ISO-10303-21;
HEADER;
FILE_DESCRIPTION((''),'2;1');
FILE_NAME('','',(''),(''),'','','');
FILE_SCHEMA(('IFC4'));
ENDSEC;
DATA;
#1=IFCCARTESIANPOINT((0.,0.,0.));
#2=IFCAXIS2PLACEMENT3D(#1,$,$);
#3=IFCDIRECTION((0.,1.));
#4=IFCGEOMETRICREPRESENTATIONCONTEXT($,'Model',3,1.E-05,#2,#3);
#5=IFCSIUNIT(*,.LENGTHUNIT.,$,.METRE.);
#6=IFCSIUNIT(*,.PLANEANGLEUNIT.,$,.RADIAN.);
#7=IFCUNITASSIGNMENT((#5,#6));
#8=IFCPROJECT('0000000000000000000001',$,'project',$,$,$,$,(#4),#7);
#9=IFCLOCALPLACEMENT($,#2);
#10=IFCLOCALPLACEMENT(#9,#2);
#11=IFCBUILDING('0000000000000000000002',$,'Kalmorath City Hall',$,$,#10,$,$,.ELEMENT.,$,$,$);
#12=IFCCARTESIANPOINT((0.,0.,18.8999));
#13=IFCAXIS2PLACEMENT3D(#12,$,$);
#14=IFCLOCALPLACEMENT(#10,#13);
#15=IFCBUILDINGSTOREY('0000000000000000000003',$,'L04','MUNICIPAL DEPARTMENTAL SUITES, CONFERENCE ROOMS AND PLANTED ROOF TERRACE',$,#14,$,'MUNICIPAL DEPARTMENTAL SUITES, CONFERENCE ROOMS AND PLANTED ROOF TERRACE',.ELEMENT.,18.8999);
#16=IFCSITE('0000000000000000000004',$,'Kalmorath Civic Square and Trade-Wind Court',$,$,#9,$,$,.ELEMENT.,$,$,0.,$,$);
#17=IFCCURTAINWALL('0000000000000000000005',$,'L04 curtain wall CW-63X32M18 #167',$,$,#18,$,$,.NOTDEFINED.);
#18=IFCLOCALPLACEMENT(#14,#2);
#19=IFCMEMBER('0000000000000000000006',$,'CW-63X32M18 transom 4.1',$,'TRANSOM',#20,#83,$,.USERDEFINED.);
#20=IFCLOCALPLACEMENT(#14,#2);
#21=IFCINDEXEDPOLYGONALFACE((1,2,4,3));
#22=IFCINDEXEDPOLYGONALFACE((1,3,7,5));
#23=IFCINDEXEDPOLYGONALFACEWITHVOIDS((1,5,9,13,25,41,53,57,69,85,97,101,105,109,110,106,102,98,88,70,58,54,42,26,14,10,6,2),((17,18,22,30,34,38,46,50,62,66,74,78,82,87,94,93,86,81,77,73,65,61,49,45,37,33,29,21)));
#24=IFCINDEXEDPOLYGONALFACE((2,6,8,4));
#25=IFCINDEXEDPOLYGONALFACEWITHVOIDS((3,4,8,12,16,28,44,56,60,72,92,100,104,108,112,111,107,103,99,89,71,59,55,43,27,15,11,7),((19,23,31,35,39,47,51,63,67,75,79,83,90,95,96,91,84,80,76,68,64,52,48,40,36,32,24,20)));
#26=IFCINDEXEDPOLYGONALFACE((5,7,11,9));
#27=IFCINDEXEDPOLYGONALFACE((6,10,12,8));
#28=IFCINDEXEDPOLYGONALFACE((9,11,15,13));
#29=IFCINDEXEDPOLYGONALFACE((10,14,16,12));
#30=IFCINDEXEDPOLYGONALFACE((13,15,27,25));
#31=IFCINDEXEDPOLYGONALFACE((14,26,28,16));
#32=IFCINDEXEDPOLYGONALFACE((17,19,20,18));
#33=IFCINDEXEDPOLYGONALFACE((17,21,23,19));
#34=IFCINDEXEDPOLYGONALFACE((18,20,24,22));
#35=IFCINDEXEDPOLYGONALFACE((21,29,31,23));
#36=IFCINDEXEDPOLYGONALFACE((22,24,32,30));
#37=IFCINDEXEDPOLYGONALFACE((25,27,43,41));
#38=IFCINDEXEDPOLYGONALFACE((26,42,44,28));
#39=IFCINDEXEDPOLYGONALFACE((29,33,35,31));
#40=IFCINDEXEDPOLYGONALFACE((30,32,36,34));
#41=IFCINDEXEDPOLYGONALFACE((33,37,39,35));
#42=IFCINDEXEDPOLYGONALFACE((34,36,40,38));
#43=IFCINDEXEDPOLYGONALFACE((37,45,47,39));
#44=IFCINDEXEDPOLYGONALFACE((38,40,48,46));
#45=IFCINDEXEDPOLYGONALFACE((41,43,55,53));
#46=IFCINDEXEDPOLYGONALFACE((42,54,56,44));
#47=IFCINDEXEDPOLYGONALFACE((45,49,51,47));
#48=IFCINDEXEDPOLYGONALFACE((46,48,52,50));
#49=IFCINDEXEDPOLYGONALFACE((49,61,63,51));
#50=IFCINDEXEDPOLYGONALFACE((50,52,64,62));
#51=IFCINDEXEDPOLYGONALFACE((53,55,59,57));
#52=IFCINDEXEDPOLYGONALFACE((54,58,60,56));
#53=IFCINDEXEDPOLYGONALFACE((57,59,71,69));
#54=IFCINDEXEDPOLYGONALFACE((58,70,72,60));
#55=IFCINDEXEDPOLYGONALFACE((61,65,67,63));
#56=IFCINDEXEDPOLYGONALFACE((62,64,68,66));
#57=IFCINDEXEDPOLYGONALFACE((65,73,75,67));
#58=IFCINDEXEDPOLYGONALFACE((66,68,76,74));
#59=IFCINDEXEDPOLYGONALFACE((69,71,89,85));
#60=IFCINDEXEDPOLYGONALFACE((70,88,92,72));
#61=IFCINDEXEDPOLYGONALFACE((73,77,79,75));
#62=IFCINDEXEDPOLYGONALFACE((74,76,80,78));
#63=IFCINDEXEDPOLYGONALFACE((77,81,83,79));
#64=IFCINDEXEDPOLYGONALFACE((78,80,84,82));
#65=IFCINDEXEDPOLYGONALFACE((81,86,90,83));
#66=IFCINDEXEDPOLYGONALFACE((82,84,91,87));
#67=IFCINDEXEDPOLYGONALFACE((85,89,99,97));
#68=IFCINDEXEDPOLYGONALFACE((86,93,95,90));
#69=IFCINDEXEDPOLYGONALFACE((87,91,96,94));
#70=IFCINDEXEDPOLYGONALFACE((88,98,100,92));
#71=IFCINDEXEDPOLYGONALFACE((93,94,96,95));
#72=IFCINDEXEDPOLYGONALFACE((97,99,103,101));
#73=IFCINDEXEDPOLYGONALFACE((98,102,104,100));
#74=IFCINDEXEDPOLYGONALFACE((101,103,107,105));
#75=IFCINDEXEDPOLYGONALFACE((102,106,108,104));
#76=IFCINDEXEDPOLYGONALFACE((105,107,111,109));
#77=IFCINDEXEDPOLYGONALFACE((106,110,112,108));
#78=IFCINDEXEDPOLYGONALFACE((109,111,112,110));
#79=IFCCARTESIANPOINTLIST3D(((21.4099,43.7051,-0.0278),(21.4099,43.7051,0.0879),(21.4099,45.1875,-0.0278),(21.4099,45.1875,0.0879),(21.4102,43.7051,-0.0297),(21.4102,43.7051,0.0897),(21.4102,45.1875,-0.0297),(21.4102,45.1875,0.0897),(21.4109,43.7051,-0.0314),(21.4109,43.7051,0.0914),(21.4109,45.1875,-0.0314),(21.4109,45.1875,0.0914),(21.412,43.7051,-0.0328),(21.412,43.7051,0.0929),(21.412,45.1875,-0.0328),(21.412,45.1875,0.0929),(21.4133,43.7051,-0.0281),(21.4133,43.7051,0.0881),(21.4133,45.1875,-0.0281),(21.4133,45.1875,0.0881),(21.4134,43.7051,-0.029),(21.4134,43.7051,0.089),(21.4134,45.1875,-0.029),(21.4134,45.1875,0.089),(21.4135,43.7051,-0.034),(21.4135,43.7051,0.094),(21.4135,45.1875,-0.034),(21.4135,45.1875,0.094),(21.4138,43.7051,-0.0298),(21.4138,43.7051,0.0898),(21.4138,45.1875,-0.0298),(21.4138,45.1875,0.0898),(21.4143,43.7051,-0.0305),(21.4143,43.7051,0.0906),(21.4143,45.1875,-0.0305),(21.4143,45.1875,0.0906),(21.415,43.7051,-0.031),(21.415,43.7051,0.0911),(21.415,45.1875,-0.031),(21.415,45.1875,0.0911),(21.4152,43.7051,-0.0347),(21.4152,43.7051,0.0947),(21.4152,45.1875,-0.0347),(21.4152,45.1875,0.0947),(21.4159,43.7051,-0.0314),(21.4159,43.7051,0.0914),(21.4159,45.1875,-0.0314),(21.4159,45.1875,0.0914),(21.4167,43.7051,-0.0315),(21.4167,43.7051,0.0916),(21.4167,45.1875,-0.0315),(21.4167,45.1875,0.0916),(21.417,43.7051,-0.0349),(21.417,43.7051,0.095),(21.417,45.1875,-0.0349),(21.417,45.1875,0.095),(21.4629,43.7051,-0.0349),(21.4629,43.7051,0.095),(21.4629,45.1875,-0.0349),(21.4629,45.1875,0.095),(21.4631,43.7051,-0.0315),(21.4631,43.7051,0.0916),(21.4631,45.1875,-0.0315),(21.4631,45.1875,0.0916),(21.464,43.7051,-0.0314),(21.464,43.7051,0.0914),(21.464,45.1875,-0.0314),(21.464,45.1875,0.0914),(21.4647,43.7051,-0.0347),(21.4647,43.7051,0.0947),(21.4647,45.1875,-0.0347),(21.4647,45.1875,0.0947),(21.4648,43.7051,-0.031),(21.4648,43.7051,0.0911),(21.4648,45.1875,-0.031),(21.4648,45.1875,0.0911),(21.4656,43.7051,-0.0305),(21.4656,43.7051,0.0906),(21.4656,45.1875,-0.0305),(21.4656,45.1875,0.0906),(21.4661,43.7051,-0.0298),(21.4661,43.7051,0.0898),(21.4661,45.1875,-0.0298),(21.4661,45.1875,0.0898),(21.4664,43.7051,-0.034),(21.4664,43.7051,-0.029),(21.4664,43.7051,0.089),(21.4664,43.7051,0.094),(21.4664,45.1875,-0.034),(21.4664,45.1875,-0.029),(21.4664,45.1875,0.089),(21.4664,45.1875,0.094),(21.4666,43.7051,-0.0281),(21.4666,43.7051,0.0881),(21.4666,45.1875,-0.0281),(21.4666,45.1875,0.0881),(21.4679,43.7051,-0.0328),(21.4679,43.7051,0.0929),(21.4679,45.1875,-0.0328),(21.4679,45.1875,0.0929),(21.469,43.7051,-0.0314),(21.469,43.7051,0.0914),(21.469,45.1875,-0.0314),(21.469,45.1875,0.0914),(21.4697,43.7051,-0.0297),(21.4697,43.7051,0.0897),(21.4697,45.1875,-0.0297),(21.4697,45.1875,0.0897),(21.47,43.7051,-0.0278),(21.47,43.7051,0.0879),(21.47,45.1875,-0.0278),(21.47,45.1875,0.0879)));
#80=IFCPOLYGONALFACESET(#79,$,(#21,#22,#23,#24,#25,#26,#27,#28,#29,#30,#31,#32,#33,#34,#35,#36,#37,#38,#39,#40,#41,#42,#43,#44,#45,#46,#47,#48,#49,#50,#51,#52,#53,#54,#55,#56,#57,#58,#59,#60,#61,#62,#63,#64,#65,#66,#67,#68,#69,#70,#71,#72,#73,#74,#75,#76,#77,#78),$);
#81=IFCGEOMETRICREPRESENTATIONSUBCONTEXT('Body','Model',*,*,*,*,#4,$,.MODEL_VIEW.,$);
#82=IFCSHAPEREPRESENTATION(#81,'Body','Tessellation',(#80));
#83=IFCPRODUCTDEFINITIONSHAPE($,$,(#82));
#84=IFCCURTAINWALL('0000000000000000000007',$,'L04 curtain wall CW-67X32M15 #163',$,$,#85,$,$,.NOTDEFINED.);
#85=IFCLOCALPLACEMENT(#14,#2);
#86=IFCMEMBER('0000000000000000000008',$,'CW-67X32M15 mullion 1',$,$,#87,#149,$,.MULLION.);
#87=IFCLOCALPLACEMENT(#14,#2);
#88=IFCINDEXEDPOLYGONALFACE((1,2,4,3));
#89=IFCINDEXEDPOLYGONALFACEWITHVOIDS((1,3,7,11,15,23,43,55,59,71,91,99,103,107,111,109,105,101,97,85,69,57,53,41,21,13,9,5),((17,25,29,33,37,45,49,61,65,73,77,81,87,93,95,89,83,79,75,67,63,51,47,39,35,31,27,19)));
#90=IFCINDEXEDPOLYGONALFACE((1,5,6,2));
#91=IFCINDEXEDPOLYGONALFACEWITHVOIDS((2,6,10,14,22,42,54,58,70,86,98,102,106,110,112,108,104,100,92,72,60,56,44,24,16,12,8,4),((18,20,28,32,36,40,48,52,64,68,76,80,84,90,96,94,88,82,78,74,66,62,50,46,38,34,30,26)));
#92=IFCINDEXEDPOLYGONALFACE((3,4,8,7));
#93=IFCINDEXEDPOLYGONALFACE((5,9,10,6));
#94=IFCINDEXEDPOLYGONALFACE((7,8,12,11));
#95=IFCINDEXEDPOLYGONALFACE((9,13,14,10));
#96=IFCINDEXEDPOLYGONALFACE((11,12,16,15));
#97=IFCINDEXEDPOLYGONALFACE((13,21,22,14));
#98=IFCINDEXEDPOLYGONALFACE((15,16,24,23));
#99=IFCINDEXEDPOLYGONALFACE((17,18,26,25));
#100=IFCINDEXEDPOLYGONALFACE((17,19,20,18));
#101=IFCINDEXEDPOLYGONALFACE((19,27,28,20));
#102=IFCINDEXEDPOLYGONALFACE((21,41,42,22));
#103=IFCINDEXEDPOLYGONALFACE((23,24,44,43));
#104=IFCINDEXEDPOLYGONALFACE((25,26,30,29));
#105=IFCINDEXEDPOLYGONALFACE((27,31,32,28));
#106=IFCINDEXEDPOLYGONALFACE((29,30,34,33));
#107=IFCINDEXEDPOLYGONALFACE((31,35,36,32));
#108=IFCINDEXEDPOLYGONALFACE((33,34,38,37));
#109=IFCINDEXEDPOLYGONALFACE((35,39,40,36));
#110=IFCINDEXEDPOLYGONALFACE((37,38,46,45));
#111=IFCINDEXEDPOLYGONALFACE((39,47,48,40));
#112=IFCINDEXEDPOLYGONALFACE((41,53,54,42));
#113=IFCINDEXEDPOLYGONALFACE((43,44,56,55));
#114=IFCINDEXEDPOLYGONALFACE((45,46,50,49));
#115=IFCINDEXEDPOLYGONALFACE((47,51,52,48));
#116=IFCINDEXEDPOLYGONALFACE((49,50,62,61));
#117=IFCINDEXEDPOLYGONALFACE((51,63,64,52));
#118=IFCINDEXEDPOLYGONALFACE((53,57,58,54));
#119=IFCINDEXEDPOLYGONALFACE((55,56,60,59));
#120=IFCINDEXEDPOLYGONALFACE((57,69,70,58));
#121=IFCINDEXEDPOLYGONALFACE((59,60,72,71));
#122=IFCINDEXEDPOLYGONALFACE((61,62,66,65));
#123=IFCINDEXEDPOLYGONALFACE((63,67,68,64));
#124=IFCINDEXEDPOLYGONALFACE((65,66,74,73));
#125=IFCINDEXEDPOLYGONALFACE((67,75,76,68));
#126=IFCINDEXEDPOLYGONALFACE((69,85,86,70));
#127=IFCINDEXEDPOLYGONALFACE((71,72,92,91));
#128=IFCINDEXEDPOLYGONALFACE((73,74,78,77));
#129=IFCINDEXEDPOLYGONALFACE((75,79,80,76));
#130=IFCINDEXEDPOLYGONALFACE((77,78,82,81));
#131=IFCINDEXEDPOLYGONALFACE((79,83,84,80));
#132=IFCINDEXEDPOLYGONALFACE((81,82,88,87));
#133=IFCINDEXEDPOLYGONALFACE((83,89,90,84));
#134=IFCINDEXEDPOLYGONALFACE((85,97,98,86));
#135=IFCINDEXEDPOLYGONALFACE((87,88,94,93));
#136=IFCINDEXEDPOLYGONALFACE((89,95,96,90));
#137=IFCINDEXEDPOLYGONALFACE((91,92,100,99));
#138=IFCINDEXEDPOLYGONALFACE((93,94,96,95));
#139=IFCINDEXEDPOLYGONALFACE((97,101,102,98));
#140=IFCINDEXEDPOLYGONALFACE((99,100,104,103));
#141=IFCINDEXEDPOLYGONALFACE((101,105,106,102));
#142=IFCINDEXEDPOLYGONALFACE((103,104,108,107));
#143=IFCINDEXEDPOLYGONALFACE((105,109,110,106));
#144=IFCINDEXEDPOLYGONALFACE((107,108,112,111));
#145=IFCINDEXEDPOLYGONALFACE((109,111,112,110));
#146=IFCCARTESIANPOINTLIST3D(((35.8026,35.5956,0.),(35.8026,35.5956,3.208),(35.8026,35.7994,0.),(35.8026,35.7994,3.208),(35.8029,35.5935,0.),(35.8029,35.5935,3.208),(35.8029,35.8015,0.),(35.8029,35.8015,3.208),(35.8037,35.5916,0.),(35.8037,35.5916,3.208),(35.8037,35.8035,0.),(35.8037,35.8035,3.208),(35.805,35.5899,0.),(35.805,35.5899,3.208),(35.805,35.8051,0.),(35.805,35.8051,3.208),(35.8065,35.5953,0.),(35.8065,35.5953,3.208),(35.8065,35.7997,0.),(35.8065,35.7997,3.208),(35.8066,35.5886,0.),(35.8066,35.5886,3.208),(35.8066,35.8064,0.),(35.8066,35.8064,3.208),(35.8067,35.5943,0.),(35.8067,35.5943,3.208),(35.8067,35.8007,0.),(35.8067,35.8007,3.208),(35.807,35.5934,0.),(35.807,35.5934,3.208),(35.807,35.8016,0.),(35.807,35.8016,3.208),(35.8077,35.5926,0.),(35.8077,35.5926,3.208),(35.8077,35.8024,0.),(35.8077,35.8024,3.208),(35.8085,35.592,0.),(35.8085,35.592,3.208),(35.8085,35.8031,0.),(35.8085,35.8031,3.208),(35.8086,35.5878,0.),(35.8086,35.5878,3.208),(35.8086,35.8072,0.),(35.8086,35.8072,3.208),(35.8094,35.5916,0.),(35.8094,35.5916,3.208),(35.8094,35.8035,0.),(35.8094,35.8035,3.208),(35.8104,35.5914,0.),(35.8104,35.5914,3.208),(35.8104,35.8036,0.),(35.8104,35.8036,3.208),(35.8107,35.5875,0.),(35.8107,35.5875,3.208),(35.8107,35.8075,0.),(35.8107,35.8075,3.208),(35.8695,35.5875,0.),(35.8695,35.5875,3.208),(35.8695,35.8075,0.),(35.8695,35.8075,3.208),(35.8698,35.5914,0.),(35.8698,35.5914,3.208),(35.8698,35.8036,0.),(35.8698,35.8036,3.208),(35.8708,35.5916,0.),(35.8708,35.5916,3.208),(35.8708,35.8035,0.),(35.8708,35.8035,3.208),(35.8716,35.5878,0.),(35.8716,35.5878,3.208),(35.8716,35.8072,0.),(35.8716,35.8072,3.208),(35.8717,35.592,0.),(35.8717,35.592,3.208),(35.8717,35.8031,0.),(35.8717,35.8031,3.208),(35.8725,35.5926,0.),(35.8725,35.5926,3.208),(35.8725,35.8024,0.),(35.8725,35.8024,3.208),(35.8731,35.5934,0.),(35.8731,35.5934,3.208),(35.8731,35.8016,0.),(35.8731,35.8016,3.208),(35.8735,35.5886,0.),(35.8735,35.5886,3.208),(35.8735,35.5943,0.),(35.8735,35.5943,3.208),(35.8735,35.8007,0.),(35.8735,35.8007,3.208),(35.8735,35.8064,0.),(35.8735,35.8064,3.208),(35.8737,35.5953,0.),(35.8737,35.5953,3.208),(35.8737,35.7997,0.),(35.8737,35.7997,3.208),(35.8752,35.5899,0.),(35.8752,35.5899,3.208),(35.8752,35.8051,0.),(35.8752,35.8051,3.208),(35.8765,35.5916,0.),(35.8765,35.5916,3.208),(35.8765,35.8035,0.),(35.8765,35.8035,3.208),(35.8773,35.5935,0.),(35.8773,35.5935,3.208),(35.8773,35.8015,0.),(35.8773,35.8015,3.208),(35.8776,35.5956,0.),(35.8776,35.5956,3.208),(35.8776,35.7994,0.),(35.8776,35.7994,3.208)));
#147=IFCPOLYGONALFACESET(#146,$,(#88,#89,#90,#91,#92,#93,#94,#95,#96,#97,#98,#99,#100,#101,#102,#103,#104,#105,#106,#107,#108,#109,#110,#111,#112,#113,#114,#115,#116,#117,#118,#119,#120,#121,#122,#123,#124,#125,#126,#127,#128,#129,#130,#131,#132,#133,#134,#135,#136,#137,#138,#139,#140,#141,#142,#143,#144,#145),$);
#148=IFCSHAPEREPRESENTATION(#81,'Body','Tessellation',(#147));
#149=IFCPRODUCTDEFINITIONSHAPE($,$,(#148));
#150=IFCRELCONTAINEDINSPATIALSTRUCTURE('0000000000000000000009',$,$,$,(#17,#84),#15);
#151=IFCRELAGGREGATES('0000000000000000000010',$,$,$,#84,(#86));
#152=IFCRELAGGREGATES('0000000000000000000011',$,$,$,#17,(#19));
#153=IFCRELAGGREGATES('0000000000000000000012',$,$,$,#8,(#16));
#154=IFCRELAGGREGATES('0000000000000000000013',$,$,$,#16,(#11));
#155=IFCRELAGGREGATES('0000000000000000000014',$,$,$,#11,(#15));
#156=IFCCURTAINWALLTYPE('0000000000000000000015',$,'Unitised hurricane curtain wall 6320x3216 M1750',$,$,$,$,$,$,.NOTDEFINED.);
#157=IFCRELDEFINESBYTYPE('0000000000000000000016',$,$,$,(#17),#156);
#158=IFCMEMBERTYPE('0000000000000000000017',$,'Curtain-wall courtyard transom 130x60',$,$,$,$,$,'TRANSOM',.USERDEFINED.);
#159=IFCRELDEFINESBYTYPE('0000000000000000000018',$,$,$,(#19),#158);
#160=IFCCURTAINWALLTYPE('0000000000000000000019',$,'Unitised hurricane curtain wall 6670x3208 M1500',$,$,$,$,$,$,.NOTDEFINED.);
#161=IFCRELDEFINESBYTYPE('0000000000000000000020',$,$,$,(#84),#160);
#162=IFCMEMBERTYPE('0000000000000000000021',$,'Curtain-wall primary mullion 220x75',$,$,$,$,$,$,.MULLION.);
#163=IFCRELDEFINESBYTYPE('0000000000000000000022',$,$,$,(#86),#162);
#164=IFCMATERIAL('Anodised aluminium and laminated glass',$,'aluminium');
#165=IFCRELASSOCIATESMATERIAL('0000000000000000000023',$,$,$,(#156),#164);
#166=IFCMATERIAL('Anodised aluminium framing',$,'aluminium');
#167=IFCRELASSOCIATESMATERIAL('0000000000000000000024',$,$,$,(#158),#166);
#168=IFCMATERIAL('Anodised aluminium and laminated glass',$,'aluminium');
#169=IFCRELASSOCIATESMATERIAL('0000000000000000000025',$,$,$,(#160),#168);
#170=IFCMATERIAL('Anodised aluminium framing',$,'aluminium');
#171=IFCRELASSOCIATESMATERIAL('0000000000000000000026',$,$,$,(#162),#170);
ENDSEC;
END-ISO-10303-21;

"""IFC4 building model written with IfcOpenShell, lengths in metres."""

from ifc_helpers import new_model, si_unit, direction, frame, origin, origin_2d, place, context, subcontext, project, spatial, hollow_rectangle, extrude, material, material_profile, profile_set, type_object, element, aggregate, save


model = new_model("IFC4")

# Units and contexts
model_context = context("Model", 3, precision=1e-05, world=origin(), true_north=direction((0.0, 1.0)))
body_context = subcontext(model_context, "Body", "Model", "MODEL_VIEW")
ifc_project = project(units=[si_unit("LENGTHUNIT", "METRE"), si_unit("PLANEANGLEUNIT", "RADIAN")], contexts=[model_context])

# Site, building, storey
site_placement = place(None, origin())
site = spatial("IfcSite", under=ifc_project, at=site_placement, Name="Kalmorath Civic Square and Trade-Wind Court", CompositionType="ELEMENT", RefElevation=0.0)
building_placement = place(site_placement, origin())
building = spatial("IfcBuilding", under=site, at=building_placement, Name="Kalmorath City Hall", CompositionType="ELEMENT")
storey_placement = place(building_placement, frame((0.0, 0.0, 18.8999)))
storey = spatial("IfcBuildingStorey", under=building, at=storey_placement, Name="L04", Description="MUNICIPAL DEPARTMENTAL SUITES, CONFERENCE ROOMS AND PLANTED ROOF TERRACE", LongName="MUNICIPAL DEPARTMENTAL SUITES, CONFERENCE ROOMS AND PLANTED ROOF TERRACE", CompositionType="ELEMENT", Elevation=18.8999)

# Curtain walls, members
ifc_material_1 = material(Name="Anodised aluminium and laminated glass", Category="aluminium")
curtain_wall_type_1 = type_object("IfcCurtainWallType", Name="Unitised hurricane curtain wall 6320x3216 M1750", PredefinedType="NOTDEFINED", material=ifc_material_1)
curtain_wall_1_placement = place(storey_placement, origin())
curtain_wall_1 = element("IfcCurtainWall", 1, at=curtain_wall_1_placement, inside=storey, type_object=curtain_wall_type_1, Name="L04 curtain wall CW-63X32M18 #167", PredefinedType="NOTDEFINED")
ifc_material_2 = material(Name="Anodised aluminium framing", Category="aluminium")
ifc_material_profile_1 = material_profile(ifc_material_2, hollow_rectangle(XDim=0.0601, YDim=0.1299, WallThickness=0.0034, InnerFilletRadius=0.0034, OuterFilletRadius=0.0071, at=origin_2d()), Name="ALU-TRN-130X60X3.5")
ifc_profile_set_1 = profile_set([ifc_material_profile_1], Name="Anodised aluminium framing")
member_type_1 = type_object("IfcMemberType", Name="Curtain-wall courtyard transom 130x60", ElementType="TRANSOM", PredefinedType="USERDEFINED", material=ifc_profile_set_1)
member_1_placement = place(storey_placement, frame((21.4399, 45.1875, 0.03), z_axis=(0.0, -1.0, 0.0), x_axis=(1.0, 0.0, 0.0)))
member_1 = element("IfcMember", 2, at=member_1_placement, type_object=member_type_1, Name="CW-63X32M18 transom 4.1", ObjectType="TRANSOM", PredefinedType="USERDEFINED", context=body_context, shape_type="SweptSolid", body=[
    extrude(hollow_rectangle(XDim=0.0601, YDim=0.1299, WallThickness=0.0034, InnerFilletRadius=0.0034, OuterFilletRadius=0.0071, at=origin_2d()), origin(), (0.0, 0.0, 1.0), 1.4824),
])
ifc_material_3 = material(Name="Anodised aluminium and laminated glass", Category="aluminium")
curtain_wall_type_2 = type_object("IfcCurtainWallType", Name="Unitised hurricane curtain wall 6670x3208 M1500", PredefinedType="NOTDEFINED", material=ifc_material_3)
curtain_wall_2_placement = place(storey_placement, origin())
curtain_wall_2 = element("IfcCurtainWall", 3, at=curtain_wall_2_placement, inside=storey, type_object=curtain_wall_type_2, Name="L04 curtain wall CW-67X32M15 #163", PredefinedType="NOTDEFINED")
ifc_material_4 = material(Name="Anodised aluminium framing", Category="aluminium")
ifc_material_profile_2 = material_profile(ifc_material_4, hollow_rectangle(XDim=0.075, YDim=0.22, WallThickness=0.0039, InnerFilletRadius=0.0039, OuterFilletRadius=0.0081, at=origin_2d()), Name="ALU-MUL-220X75X4")
ifc_profile_set_2 = profile_set([ifc_material_profile_2], Name="Anodised aluminium framing")
member_type_2 = type_object("IfcMemberType", Name="Curtain-wall primary mullion 220x75", PredefinedType="MULLION", material=ifc_profile_set_2)
member_2_placement = place(storey_placement, frame((35.8401, 35.6975, 0.0), z_axis=(0.0, 0.0, 1.0), x_axis=(1.0, 0.0, 0.0)))
member_2 = element("IfcMember", 4, at=member_2_placement, type_object=member_type_2, Name="CW-67X32M15 mullion 1", PredefinedType="MULLION", context=body_context, shape_type="SweptSolid", body=[
    extrude(hollow_rectangle(XDim=0.075, YDim=0.22, WallThickness=0.0039, InnerFilletRadius=0.0039, OuterFilletRadius=0.0081, at=origin_2d()), origin(), (0.0, 0.0, 1.0), 3.208),
])
aggregate(curtain_wall_2, [member_2])

aggregate(curtain_wall_1, [member_1])

save(model, "model.ifc")
